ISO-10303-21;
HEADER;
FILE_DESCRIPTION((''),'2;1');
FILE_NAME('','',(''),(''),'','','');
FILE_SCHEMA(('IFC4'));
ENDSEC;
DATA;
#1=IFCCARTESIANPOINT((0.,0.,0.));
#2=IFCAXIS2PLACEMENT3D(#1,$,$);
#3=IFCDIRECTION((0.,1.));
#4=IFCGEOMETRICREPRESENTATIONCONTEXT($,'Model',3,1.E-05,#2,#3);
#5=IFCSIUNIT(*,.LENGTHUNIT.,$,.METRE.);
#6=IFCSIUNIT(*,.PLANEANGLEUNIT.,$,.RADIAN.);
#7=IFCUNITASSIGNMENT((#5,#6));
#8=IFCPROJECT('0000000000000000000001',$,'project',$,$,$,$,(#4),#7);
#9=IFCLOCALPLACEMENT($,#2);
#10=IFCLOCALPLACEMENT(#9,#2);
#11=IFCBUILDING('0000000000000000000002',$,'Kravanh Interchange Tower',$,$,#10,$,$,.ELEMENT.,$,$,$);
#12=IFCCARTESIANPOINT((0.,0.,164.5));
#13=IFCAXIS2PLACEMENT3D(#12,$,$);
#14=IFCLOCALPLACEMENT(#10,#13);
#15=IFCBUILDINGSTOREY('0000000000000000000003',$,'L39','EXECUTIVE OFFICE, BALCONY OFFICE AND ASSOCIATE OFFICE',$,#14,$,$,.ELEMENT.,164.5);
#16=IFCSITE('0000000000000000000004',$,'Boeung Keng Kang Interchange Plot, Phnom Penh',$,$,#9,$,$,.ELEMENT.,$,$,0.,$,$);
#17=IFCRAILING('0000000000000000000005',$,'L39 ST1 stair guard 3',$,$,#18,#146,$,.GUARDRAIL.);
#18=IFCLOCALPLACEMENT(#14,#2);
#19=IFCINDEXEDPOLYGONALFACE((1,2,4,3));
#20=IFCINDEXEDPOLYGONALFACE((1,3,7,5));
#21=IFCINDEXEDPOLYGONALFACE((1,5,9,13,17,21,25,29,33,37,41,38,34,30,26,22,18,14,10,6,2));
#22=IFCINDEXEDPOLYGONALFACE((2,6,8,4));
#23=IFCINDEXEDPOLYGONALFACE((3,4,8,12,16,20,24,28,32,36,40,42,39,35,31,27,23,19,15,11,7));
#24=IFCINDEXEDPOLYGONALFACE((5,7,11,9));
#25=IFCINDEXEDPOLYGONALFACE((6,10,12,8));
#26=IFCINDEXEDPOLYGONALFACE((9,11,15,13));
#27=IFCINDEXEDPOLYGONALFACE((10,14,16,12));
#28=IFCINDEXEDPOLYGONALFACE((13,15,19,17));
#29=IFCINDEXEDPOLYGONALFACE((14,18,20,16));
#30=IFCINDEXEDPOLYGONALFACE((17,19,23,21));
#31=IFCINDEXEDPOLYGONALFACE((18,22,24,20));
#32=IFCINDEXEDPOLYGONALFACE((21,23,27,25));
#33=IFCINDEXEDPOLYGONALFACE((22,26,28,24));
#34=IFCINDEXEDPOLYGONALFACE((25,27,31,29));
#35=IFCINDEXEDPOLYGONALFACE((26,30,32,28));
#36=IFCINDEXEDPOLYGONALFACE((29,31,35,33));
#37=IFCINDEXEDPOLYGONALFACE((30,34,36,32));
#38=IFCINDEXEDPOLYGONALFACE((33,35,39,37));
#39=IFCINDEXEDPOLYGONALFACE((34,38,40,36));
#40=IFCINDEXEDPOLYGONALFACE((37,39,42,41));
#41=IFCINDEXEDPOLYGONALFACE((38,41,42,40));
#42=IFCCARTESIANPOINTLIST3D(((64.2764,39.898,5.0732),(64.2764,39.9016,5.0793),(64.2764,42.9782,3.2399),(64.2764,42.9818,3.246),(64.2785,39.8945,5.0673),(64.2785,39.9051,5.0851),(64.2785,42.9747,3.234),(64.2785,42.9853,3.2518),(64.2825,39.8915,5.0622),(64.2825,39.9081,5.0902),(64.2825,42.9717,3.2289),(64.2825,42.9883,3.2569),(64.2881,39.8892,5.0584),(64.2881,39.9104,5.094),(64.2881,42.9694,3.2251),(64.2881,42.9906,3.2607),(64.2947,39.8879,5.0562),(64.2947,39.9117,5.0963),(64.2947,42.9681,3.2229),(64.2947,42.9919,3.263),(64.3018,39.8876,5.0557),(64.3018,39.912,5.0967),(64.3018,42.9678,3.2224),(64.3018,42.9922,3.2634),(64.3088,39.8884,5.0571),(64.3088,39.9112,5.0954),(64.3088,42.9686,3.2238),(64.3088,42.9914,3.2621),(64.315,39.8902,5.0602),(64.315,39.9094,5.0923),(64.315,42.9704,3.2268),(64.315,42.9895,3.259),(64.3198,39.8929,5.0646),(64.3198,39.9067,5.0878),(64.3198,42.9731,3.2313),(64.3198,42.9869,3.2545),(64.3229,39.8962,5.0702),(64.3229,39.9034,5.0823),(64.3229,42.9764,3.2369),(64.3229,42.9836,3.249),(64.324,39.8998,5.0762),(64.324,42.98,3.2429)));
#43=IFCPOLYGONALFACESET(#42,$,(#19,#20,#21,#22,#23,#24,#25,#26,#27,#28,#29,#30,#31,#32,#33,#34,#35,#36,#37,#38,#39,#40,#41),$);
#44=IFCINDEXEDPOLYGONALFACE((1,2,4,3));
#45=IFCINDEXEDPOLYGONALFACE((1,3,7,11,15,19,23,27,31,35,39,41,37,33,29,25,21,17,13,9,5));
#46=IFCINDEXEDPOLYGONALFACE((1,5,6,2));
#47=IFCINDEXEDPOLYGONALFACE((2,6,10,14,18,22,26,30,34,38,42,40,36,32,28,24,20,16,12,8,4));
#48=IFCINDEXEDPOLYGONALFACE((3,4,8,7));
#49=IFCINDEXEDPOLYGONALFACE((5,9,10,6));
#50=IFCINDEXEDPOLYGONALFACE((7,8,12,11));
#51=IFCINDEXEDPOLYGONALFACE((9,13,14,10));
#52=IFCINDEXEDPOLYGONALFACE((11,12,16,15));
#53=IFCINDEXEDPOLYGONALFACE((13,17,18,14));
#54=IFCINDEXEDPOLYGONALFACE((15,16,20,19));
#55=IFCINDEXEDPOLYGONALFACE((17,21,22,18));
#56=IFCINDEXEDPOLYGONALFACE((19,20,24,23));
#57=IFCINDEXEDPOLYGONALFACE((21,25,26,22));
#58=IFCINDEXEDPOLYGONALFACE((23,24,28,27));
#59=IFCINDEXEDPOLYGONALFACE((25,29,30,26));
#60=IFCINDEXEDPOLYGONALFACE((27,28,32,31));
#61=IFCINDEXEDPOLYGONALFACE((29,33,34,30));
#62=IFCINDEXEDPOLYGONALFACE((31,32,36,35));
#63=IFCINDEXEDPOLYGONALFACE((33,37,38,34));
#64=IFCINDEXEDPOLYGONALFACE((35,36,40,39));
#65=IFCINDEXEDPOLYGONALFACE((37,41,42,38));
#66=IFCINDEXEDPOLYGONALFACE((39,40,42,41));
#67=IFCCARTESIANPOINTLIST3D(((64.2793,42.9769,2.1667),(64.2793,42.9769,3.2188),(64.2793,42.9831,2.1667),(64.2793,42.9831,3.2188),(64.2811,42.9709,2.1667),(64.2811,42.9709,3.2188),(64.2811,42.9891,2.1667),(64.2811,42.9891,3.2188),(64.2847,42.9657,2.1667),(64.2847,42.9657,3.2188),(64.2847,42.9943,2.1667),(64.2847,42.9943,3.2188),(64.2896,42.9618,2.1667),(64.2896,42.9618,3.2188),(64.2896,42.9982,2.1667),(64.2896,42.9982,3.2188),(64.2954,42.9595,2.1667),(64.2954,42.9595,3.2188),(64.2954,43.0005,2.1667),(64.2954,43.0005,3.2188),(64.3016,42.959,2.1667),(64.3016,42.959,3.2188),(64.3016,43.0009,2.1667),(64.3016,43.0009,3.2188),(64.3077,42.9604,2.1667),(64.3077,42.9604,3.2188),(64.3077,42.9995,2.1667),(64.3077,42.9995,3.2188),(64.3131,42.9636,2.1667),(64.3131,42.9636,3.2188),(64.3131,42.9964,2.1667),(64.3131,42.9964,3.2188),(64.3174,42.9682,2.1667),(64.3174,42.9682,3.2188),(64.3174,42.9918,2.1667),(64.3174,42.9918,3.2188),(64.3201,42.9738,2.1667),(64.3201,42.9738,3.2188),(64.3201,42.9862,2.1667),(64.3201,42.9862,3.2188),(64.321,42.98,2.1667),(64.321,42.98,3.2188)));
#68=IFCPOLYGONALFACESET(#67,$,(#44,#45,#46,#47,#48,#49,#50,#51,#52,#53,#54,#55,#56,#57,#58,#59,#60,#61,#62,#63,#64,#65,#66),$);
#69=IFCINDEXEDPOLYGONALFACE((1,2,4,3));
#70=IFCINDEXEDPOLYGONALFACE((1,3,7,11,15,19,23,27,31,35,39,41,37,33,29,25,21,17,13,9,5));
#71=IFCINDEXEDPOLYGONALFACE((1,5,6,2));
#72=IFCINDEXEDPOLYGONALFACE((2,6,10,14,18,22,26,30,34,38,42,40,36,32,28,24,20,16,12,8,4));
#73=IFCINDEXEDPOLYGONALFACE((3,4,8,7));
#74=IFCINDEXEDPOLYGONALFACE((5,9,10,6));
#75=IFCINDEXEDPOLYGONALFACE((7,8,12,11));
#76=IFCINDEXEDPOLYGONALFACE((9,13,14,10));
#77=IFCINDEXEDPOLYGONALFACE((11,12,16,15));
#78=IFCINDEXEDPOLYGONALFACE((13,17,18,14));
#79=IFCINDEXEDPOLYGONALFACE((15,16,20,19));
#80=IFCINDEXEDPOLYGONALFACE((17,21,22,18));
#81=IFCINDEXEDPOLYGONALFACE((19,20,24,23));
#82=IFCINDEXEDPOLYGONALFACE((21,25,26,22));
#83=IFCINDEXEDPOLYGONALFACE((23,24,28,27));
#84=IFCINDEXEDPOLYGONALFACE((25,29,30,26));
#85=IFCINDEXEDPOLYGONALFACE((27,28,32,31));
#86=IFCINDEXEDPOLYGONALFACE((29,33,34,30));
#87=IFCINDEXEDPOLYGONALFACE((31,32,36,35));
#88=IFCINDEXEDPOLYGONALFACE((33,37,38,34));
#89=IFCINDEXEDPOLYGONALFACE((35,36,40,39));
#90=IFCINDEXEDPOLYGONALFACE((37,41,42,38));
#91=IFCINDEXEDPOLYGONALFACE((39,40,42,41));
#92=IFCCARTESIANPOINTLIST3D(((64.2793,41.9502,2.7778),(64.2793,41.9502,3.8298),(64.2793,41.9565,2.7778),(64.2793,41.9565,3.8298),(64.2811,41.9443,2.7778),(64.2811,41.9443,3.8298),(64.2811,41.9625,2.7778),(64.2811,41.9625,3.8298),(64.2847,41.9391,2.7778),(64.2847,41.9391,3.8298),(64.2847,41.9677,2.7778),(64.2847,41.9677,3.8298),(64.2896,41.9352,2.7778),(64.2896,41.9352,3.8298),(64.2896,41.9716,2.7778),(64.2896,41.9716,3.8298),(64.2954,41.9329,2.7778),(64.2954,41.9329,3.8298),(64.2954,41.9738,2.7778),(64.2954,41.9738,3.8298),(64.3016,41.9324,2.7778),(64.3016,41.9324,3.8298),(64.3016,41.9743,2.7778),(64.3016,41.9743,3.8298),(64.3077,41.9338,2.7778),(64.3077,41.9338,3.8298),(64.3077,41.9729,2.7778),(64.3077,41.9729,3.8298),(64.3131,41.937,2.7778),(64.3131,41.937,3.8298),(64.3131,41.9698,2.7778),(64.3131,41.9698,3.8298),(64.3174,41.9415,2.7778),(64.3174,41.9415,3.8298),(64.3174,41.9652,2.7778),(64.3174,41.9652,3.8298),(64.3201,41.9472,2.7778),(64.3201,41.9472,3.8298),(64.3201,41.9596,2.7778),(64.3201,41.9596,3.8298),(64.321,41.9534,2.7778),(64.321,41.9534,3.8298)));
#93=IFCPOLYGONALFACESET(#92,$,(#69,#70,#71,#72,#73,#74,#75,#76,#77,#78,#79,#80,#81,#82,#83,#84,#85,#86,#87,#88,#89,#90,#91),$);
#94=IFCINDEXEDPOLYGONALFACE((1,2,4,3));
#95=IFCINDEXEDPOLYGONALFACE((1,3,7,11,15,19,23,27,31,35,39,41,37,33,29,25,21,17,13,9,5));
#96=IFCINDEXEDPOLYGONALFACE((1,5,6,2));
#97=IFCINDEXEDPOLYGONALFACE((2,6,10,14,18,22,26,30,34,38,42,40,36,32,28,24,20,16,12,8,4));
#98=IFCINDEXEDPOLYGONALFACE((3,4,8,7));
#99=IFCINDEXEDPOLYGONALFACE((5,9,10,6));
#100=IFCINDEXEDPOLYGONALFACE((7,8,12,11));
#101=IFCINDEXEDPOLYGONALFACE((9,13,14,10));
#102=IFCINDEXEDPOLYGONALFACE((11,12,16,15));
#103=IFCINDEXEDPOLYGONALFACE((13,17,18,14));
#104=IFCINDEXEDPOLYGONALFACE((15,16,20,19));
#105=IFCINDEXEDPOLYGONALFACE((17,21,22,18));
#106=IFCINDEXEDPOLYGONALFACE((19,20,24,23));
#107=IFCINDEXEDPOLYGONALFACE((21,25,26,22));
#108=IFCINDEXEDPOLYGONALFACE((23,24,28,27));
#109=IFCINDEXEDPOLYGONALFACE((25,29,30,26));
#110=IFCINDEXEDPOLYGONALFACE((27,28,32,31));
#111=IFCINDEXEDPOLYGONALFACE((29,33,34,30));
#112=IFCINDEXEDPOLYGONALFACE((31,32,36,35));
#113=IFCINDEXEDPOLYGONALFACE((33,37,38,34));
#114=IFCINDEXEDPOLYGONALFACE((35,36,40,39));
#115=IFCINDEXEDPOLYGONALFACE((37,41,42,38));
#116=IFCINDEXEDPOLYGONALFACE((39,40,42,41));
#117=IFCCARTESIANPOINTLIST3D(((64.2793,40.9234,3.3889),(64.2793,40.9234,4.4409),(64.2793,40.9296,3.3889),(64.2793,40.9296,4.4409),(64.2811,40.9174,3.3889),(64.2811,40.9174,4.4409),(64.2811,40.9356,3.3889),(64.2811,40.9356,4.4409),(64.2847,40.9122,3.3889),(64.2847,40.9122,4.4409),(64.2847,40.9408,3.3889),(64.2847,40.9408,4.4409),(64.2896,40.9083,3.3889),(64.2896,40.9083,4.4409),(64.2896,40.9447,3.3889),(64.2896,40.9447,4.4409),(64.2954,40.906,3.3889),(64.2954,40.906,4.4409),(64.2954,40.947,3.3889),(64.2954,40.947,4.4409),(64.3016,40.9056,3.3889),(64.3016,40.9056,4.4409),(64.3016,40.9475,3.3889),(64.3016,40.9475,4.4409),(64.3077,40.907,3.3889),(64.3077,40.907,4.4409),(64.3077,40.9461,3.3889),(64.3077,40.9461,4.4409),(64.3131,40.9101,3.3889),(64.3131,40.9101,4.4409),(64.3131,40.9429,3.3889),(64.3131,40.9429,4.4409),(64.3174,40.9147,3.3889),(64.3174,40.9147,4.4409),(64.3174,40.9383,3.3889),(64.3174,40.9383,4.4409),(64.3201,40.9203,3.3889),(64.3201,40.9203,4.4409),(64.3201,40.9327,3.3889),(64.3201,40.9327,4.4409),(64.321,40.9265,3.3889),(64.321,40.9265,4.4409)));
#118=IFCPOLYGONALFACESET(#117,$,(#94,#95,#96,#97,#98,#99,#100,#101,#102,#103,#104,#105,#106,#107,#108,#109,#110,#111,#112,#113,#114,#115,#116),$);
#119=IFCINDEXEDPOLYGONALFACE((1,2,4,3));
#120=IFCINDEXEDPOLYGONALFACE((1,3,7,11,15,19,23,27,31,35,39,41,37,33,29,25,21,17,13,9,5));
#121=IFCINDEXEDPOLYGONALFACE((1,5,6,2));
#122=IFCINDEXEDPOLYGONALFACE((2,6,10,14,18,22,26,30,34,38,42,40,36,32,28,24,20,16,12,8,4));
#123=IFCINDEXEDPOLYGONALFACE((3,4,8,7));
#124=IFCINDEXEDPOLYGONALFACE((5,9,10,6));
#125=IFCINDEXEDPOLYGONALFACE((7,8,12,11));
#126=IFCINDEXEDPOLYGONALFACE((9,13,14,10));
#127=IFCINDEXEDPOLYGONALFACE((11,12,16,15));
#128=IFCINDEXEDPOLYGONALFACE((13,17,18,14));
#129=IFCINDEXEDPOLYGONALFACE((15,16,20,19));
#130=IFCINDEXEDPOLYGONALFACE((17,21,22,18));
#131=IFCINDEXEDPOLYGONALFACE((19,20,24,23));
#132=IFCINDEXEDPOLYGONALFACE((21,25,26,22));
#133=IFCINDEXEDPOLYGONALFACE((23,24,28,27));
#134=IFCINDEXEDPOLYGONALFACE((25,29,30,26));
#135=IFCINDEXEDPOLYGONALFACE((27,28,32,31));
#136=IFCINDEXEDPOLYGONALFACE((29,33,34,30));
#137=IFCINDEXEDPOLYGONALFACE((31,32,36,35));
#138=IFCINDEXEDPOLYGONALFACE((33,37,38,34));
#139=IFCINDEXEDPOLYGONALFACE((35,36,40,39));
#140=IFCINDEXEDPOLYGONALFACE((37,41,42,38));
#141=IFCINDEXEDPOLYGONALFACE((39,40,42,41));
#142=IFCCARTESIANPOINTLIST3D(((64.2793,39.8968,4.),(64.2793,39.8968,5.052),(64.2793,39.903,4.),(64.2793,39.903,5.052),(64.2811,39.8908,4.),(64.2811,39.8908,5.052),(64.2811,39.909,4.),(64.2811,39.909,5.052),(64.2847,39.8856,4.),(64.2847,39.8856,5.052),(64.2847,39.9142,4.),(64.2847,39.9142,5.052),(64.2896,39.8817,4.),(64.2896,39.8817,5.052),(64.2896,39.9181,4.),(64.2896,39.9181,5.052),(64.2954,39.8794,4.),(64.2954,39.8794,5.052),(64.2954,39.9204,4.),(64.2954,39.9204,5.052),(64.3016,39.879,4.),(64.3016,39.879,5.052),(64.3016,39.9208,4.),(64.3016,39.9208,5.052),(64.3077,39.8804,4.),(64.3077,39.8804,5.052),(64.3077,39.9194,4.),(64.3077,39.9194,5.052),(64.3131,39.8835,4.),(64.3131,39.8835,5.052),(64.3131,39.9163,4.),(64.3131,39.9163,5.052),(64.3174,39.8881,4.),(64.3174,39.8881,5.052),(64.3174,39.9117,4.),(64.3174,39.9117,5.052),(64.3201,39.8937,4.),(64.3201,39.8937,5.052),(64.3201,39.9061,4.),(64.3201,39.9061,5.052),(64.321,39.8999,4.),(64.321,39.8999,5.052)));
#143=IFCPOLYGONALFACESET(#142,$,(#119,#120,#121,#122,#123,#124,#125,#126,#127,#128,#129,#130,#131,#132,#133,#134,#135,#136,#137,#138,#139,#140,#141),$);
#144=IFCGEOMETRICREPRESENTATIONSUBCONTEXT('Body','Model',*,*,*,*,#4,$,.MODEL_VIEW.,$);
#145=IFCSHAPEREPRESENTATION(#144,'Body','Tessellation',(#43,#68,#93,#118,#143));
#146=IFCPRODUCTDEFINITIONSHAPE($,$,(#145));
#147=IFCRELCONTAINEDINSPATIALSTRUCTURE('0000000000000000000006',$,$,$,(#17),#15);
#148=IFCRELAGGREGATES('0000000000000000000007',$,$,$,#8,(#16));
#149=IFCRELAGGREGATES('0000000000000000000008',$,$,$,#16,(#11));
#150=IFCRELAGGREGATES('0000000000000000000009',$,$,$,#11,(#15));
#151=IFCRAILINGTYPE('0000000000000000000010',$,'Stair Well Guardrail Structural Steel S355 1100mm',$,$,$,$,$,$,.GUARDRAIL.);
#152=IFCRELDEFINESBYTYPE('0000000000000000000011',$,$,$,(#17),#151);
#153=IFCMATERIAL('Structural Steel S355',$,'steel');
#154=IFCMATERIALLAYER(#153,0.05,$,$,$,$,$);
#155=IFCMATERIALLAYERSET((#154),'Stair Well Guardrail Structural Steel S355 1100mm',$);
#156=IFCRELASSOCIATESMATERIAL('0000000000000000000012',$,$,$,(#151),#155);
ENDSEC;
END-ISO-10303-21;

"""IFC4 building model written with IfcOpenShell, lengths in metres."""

from ifc_helpers import new_model, si_unit, direction, frame, origin, origin_2d, place, context, subcontext, project, spatial, circle, extrude, material, layer, layer_set, type_object, element, save


model = new_model("IFC4")

# Units and contexts
model_context = context("Model", 3, precision=1e-05, world=origin(), true_north=direction((0.0, 1.0)))
body_context = subcontext(model_context, "Body", "Model", "MODEL_VIEW")
ifc_project = project(units=[si_unit("LENGTHUNIT", "METRE"), si_unit("PLANEANGLEUNIT", "RADIAN")], contexts=[model_context])

# Site, building, storey
site_placement = place(None, origin())
site = spatial("IfcSite", under=ifc_project, at=site_placement, Name="Boeung Keng Kang Interchange Plot, Phnom Penh", CompositionType="ELEMENT", RefElevation=0.0)
building_placement = place(site_placement, origin())
building = spatial("IfcBuilding", under=site, at=building_placement, Name="Kravanh Interchange Tower", CompositionType="ELEMENT")
storey_placement = place(building_placement, frame((0.0, 0.0, 164.5)))
storey = spatial("IfcBuildingStorey", under=building, at=storey_placement, Name="L39", Description="EXECUTIVE OFFICE, BALCONY OFFICE AND ASSOCIATE OFFICE", CompositionType="ELEMENT", Elevation=164.5)

# Railing
ifc_material_1 = material(Name="Structural Steel S355", Category="steel")
ifc_layer_1 = layer(ifc_material_1, 0.05)
ifc_layer_set_1 = layer_set([ifc_layer_1], Name="Stair Well Guardrail Structural Steel S355 1100mm")
railing_type_1 = type_object("IfcRailingType", Name="Stair Well Guardrail Structural Steel S355 1100mm", PredefinedType="GUARDRAIL", material=ifc_layer_set_1)
railing_1_placement = place(storey_placement, frame((64.3, 42.98, 2.1667)))
element("IfcRailing", 1, at=railing_1_placement, inside=storey, type_object=railing_type_1, Name="L39 ST1 stair guard 3", PredefinedType="GUARDRAIL", context=body_context, shape_type="SweptSolid", body=[
    extrude(circle(Radius=0.0239, at=origin_2d()), frame((0.0, 0.0, 1.0762), z_axis=(0.0, -0.859309, 0.511458), x_axis=(1.0, 0.0, 0.0)), (0.0, 0.0, 1.0), 3.5845),
    extrude(circle(Radius=0.021, at=origin_2d()), origin(), (0.0, 0.0, 1.0), 1.052),
    extrude(circle(Radius=0.021, at=origin_2d()), frame((0.0, -1.0266, 0.6111)), (0.0, 0.0, 1.0), 1.052),
    extrude(circle(Radius=0.021, at=origin_2d()), frame((0.0, -2.0535, 1.2222)), (0.0, 0.0, 1.0), 1.052),
    extrude(circle(Radius=0.021, at=origin_2d()), frame((0.0, -3.0801, 1.8333)), (0.0, 0.0, 1.0), 1.052),
])

save(model, "model.ifc")
